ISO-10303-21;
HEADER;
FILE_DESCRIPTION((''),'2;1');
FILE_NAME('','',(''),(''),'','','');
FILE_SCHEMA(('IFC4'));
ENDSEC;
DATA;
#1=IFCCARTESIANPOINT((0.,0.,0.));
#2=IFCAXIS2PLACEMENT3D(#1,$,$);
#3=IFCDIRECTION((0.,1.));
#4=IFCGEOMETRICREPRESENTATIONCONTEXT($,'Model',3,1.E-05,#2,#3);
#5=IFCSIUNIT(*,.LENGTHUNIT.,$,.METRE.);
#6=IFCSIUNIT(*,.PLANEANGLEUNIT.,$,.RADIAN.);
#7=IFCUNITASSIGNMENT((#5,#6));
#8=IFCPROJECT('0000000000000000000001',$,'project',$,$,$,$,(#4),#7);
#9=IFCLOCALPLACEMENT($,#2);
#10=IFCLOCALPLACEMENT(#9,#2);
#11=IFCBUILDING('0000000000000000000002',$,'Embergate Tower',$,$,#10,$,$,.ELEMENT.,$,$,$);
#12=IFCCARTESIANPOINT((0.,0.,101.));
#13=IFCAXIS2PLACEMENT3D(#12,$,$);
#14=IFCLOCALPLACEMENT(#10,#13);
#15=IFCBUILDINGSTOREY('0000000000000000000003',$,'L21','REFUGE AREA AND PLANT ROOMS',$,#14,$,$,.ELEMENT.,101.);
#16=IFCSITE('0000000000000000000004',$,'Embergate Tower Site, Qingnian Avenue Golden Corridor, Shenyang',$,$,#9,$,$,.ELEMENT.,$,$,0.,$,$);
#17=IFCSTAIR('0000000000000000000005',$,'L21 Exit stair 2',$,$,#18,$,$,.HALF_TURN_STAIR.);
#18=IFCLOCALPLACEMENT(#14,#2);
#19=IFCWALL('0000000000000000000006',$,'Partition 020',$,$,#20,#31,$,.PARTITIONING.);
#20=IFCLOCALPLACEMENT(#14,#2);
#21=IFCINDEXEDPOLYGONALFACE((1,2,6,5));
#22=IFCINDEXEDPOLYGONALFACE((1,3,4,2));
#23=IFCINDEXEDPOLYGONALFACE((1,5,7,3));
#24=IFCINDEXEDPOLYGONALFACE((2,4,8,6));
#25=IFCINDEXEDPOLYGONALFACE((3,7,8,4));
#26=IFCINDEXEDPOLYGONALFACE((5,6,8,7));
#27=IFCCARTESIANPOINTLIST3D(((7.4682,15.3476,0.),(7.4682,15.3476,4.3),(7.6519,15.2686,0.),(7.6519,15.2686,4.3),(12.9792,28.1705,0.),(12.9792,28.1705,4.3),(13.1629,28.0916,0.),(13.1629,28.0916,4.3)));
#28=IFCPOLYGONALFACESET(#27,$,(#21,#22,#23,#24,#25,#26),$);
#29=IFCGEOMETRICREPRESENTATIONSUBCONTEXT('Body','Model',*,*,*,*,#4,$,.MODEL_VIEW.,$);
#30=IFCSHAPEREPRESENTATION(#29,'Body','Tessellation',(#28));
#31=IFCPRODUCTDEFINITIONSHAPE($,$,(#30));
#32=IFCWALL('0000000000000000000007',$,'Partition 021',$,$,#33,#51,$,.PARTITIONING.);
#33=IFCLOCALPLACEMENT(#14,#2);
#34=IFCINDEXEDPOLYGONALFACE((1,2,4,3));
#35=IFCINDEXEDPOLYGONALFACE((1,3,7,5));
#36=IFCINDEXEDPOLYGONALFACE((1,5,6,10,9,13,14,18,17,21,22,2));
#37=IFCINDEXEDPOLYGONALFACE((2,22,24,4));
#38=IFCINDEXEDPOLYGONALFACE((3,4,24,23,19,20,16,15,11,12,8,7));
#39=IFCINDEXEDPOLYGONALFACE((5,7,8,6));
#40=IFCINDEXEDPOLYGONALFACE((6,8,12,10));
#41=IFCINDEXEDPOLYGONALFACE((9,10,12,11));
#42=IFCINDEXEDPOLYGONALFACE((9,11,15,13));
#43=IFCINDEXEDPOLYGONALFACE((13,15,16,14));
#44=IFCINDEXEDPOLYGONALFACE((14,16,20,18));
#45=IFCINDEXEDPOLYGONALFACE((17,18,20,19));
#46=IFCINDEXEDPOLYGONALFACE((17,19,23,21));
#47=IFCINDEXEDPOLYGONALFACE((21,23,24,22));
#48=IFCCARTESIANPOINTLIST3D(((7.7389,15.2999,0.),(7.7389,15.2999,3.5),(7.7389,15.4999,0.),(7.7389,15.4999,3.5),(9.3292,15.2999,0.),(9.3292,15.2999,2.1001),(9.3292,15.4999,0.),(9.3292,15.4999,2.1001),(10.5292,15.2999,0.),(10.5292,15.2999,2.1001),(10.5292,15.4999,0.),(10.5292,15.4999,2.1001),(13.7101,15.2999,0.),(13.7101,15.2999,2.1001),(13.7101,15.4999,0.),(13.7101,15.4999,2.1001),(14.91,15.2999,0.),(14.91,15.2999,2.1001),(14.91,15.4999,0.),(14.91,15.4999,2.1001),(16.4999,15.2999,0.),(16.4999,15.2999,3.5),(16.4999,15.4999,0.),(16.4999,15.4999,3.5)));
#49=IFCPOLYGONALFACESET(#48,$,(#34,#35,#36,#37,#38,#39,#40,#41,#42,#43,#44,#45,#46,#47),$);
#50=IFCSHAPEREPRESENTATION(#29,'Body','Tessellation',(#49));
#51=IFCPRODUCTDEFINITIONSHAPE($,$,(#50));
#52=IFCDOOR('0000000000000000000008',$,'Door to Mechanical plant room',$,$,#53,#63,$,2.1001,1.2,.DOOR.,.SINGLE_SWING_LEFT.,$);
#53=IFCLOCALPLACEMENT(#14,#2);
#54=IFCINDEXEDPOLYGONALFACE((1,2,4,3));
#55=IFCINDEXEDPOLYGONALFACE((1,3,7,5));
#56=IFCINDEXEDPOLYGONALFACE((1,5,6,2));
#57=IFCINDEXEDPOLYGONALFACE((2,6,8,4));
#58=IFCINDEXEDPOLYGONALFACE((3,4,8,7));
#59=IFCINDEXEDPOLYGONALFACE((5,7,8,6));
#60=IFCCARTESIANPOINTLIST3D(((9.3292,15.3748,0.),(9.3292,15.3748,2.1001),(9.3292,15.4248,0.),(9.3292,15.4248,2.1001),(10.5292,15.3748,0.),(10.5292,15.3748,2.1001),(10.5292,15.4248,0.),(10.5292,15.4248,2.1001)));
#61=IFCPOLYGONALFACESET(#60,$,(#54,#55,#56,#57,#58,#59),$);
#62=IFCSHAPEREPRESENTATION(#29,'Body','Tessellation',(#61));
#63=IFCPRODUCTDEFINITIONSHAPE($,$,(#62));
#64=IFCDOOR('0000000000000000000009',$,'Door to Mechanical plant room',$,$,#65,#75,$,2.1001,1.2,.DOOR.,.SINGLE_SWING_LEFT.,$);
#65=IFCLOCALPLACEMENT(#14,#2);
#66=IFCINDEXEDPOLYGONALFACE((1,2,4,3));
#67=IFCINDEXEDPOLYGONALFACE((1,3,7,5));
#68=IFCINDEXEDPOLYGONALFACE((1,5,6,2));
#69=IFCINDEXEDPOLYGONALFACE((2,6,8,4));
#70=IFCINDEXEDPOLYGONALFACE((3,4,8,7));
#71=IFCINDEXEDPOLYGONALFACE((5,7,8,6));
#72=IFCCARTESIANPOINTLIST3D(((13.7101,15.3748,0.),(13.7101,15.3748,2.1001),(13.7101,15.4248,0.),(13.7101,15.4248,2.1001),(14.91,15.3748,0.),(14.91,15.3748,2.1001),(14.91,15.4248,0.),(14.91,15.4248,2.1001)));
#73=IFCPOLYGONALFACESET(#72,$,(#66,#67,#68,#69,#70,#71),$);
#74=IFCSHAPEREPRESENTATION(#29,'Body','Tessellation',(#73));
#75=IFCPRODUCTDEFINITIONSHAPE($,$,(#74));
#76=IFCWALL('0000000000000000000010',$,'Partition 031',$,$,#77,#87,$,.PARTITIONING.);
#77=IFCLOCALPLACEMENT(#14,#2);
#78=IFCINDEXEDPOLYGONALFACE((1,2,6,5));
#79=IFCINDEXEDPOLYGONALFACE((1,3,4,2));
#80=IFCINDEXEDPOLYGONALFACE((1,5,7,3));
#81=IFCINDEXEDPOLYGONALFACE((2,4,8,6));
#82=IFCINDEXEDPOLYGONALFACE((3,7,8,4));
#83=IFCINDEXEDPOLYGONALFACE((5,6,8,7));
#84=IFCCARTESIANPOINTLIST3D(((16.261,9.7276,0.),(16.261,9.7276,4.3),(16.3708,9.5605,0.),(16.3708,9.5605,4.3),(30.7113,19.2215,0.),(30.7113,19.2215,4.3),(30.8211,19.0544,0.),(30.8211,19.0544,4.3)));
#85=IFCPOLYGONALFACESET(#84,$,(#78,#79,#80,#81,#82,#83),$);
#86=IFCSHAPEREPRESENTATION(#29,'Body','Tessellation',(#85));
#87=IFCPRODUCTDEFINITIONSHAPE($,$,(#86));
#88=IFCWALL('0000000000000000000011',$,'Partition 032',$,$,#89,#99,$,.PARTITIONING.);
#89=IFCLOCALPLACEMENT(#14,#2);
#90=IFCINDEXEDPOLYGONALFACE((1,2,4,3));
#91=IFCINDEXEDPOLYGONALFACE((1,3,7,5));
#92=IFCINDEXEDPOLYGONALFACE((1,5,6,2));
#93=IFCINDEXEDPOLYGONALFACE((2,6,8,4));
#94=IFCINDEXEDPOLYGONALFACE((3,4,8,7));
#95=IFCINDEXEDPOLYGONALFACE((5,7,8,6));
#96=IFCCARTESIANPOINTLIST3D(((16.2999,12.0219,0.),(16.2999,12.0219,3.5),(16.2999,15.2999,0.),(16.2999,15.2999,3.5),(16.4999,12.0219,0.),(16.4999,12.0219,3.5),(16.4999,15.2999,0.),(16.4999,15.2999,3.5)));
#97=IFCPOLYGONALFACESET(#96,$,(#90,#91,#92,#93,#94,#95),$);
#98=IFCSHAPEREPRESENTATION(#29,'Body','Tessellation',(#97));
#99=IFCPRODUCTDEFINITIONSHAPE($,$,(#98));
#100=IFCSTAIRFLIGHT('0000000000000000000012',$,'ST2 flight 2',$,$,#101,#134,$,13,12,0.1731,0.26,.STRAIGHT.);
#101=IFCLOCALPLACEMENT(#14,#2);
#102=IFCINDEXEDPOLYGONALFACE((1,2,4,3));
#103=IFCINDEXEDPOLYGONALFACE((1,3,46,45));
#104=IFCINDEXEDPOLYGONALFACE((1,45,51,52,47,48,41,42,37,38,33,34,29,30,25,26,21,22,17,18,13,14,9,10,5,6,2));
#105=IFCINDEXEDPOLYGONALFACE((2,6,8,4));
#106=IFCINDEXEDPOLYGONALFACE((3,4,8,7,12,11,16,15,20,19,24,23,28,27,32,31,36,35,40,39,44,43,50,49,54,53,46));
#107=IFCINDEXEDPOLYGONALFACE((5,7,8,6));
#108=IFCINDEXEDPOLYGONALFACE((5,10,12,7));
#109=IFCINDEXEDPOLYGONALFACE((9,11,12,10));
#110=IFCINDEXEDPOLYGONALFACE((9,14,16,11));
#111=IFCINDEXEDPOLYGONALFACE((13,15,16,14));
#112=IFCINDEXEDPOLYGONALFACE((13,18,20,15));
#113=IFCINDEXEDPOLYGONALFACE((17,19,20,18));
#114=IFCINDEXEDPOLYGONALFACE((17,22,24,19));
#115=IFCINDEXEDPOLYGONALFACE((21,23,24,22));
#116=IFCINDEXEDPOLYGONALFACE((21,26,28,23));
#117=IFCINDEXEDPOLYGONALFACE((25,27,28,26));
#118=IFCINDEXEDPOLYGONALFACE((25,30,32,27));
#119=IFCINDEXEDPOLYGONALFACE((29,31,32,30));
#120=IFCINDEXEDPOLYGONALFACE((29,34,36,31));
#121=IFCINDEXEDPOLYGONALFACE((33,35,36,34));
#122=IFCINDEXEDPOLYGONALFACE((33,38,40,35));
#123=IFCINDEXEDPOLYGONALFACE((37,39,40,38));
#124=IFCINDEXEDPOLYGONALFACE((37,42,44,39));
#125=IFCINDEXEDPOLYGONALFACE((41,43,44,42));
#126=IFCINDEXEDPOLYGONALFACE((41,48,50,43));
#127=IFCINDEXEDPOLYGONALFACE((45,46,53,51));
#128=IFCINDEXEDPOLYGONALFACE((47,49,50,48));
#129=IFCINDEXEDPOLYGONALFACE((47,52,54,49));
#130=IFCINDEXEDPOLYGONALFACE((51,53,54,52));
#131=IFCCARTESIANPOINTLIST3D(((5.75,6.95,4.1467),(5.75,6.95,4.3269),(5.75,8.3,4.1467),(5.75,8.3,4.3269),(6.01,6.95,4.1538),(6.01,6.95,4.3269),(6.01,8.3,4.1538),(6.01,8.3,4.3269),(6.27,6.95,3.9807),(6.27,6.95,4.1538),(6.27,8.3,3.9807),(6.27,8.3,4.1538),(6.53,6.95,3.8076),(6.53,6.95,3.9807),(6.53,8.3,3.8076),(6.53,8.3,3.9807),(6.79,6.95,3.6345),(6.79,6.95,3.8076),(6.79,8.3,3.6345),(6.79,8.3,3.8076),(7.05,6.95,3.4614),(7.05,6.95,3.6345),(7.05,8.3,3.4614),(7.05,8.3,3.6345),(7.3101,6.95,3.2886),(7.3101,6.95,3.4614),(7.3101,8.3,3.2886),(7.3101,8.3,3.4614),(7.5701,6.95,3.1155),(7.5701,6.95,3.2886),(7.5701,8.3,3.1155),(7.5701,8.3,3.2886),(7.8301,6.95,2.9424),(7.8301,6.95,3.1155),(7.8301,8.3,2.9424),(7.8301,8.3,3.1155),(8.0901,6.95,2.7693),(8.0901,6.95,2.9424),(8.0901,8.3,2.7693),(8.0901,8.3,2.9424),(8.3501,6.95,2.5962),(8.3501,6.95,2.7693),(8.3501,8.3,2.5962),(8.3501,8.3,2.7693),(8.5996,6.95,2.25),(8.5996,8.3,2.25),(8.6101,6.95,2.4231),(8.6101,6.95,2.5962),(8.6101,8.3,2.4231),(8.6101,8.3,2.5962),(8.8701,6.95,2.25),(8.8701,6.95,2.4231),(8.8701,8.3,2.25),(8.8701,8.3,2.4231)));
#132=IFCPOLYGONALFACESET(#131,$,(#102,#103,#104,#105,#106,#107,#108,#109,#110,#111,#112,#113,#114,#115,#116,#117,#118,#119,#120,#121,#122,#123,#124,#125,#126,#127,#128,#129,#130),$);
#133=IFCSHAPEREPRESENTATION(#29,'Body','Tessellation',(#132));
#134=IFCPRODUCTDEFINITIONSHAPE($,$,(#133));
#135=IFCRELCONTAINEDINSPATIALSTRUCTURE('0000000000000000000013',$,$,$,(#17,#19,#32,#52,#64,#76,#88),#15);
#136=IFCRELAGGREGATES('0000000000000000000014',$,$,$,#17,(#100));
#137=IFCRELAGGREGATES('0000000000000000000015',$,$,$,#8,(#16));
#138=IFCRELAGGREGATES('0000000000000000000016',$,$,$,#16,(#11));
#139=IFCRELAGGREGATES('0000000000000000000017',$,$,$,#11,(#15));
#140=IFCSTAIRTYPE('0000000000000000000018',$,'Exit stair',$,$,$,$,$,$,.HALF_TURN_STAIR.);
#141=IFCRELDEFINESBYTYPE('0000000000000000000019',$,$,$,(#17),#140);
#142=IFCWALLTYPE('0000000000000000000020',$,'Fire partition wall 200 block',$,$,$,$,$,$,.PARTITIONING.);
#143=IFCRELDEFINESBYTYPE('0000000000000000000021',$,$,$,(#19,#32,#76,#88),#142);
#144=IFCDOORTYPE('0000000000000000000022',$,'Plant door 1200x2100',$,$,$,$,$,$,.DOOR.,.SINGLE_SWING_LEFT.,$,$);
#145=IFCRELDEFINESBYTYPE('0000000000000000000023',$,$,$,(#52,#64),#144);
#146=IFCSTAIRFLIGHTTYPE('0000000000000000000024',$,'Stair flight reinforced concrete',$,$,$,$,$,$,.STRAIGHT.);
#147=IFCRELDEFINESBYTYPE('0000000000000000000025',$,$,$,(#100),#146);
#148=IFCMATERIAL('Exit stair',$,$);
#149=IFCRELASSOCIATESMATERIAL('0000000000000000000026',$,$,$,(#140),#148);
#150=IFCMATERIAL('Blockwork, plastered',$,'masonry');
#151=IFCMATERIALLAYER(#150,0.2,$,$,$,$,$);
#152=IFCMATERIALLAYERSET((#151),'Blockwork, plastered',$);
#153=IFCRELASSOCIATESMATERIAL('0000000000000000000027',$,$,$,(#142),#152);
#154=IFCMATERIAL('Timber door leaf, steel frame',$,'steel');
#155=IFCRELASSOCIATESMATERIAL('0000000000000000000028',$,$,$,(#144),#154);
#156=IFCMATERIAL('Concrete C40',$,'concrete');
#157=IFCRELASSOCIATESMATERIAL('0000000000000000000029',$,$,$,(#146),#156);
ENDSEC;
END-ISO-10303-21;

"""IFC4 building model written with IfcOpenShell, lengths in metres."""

from ifc_helpers import new_model, si_unit, direction, frame, frame_2d, origin, place, context, subcontext, project, spatial, polyline, rectangle, outline, extrude, source, transform, mapped, material, layer, layer_set, type_object, element, fill, aggregate, save


model = new_model("IFC4")

# Units and contexts
model_context = context("Model", 3, precision=1e-05, world=origin(), true_north=direction((0.0, 1.0)))
body_context = subcontext(model_context, "Body", "Model", "MODEL_VIEW")
ifc_project = project(units=[si_unit("LENGTHUNIT", "METRE"), si_unit("PLANEANGLEUNIT", "RADIAN")], contexts=[model_context])

# Site, building, storey
site_placement = place(None, origin())
site = spatial("IfcSite", under=ifc_project, at=site_placement, Name="Embergate Tower Site, Qingnian Avenue Golden Corridor, Shenyang", CompositionType="ELEMENT", RefElevation=0.0)
building_placement = place(site_placement, origin())
building = spatial("IfcBuilding", under=site, at=building_placement, Name="Embergate Tower", CompositionType="ELEMENT")
storey_placement = place(building_placement, frame((0.0, 0.0, 101.0)))
storey = spatial("IfcBuildingStorey", under=building, at=storey_placement, Name="L21", Description="REFUGE AREA AND PLANT ROOMS", CompositionType="ELEMENT", Elevation=101.0)

# Stair
ifc_material_1 = material(Name="Exit stair")
stair_type = type_object("IfcStairType", Name="Exit stair", PredefinedType="HALF_TURN_STAIR", material=ifc_material_1)
stair_placement = place(storey_placement, origin())
stair = element("IfcStair", 1, at=stair_placement, inside=storey, type_object=stair_type, Name="L21 Exit stair 2", PredefinedType="HALF_TURN_STAIR")
ifc_material_2 = material(Name="Concrete C40", Category="concrete")

# Wall
ifc_material_3 = material(Name="Blockwork, plastered", Category="masonry")
ifc_layer_1 = layer(ifc_material_3, 0.2)
ifc_layer_set_1 = layer_set([ifc_layer_1], Name="Blockwork, plastered")
wall_type_1 = type_object("IfcWallType", Name="Fire partition wall 200 block", PredefinedType="PARTITIONING", material=ifc_layer_set_1)
shared_shape_1 = source(origin(), body_context, "Body", "SweptSolid", [
    extrude(rectangle(XDim=13.957, YDim=0.2, at=frame_2d((6.9785, 0.0))), origin(), (0.0, 0.0, 1.0), 4.3),
])
wall_1_placement = place(storey_placement, frame((7.5601, 15.3081, 0.0), z_axis=(0.0, 0.0, 1.0), x_axis=(0.394852, 0.918745, 0.0)))
element("IfcWall", 2, at=wall_1_placement, inside=storey, type_object=wall_type_1, Name="Partition 020", PredefinedType="PARTITIONING", context=body_context, shape_type="MappedRepresentation", body=[
    mapped(shared_shape_1, transform((0.0, 0.0, 0.0))),
])

# Wall, openings, doors
shared_shape_2 = source(origin(), body_context, "Body", "SweptSolid", [
    extrude(rectangle(XDim=8.761, YDim=0.2, at=frame_2d((4.3804, 0.0))), origin(), (0.0, 0.0, 1.0), 3.5),
])
wall_2_placement = place(storey_placement, frame((7.739, 15.3999, 0.0), z_axis=(0.0, 0.0, 1.0), x_axis=(1.0, 0.0, 0.0)))
wall_2 = element("IfcWall", 3, at=wall_2_placement, inside=storey, type_object=wall_type_1, Name="Partition 021", PredefinedType="PARTITIONING", context=body_context, shape_type="MappedRepresentation", body=[
    mapped(shared_shape_2, transform((0.0, 0.0, 0.0))),
])
shared_shape_3 = source(origin(), body_context, "Body", "SweptSolid", [
    extrude(rectangle(XDim=1.2, YDim=2.1001, at=frame_2d((0.6001, 1.05))), frame((0.0, 0.1099, 0.0), z_axis=(0.0, -1.0, 0.0), x_axis=(1.0, 0.0, 0.0)), (0.0, 0.0, 1.0), 0.22),
])
opening_1_placement = place(wall_2_placement, frame((1.5901, 0.0, 0.0)))
opening_1 = element("IfcOpeningElement", 4, at=opening_1_placement, cuts=wall_2, PredefinedType="OPENING", context=body_context, shape_type="MappedRepresentation", body=[
    mapped(shared_shape_3, transform((0.0, 0.0, 0.0))),
])
opening_2_placement = place(wall_2_placement, frame((5.9709, 0.0, 0.0)))
opening_2 = element("IfcOpeningElement", 5, at=opening_2_placement, cuts=wall_2, PredefinedType="OPENING", context=body_context, shape_type="MappedRepresentation", body=[
    mapped(shared_shape_3, transform((0.0, 0.0, 0.0))),
])
ifc_material_4 = material(Name="Timber door leaf, steel frame", Category="steel")
door_type_1 = type_object("IfcDoorType", Name="Plant door 1200x2100", OperationType="SINGLE_SWING_LEFT", PredefinedType="DOOR", material=ifc_material_4)
shared_shape_4 = source(origin(), body_context, "Body", "SweptSolid", [
    extrude(rectangle(XDim=1.2, YDim=2.1001, at=frame_2d((0.6001, 1.05))), frame((0.0, 0.0249, 0.0), z_axis=(0.0, -1.0, 0.0), x_axis=(1.0, 0.0, 0.0)), (0.0, 0.0, 1.0), 0.05),
])
door_1_placement = place(opening_1_placement, origin())
door_1 = element("IfcDoor", 6, at=door_1_placement, inside=storey, type_object=door_type_1, Name="Door to Mechanical plant room", OperationType="SINGLE_SWING_LEFT", OverallHeight=2.1001, OverallWidth=1.2, PredefinedType="DOOR", context=body_context, shape_type="MappedRepresentation", body=[
    mapped(shared_shape_4, transform((0.0, 0.0, 0.0))),
])
fill(opening_1, door_1)
door_2_placement = place(opening_2_placement, origin())
door_2 = element("IfcDoor", 7, at=door_2_placement, inside=storey, type_object=door_type_1, Name="Door to Mechanical plant room", OperationType="SINGLE_SWING_LEFT", OverallHeight=2.1001, OverallWidth=1.2, PredefinedType="DOOR", context=body_context, shape_type="MappedRepresentation", body=[
    mapped(shared_shape_4, transform((0.0, 0.0, 0.0))),
])
fill(opening_2, door_2)

# Walls
shared_shape_5 = source(origin(), body_context, "Body", "SweptSolid", [
    extrude(rectangle(XDim=17.29, YDim=0.2, at=frame_2d((8.645, 0.0))), origin(), (0.0, 0.0, 1.0), 4.3),
])
wall_3_placement = place(storey_placement, frame((16.3159, 9.644, 0.0), z_axis=(0.0, 0.0, 1.0), x_axis=(0.835757, 0.549099, 0.0)))
element("IfcWall", 8, at=wall_3_placement, inside=storey, type_object=wall_type_1, Name="Partition 031", PredefinedType="PARTITIONING", context=body_context, shape_type="MappedRepresentation", body=[
    mapped(shared_shape_5, transform((0.0, 0.0, 0.0))),
])
shared_shape_6 = source(origin(), body_context, "Body", "SweptSolid", [
    extrude(rectangle(XDim=3.2781, YDim=0.2, at=frame_2d((1.6392, 0.0))), origin(), (0.0, 0.0, 1.0), 3.5),
])
wall_4_placement = place(storey_placement, frame((16.3999, 15.3, 0.0), z_axis=(0.0, 0.0, 1.0), x_axis=(0.0, -1.0, 0.0)))
element("IfcWall", 9, at=wall_4_placement, inside=storey, type_object=wall_type_1, Name="Partition 032", PredefinedType="PARTITIONING", context=body_context, shape_type="MappedRepresentation", body=[
    mapped(shared_shape_6, transform((0.0, 0.0, 0.0))),
])

# Stair flight
stair_flight_type = type_object("IfcStairFlightType", Name="Stair flight reinforced concrete", PredefinedType="STRAIGHT", material=ifc_material_2)
shared_shape_7 = source(origin(), body_context, "Body", "SweptSolid", [
    extrude(outline(polyline([(0.0, 0.0), (0.0, 0.1731), (0.26, 0.1731), (0.26, 0.3462), (0.52, 0.3462), (0.52, 0.5193), (0.78, 0.5193), (0.78, 0.6924), (1.04, 0.6924), (1.04, 0.8655), (1.3, 0.8655), (1.3, 1.0386), (1.5601, 1.0386), (1.5601, 1.2114), (1.8201, 1.2114), (1.8201, 1.3845), (2.0801, 1.3845), (2.0801, 1.5576), (2.3401, 1.5576), (2.3401, 1.7307), (2.6001, 1.7307), (2.6001, 1.9038), (2.8601, 1.9038), (2.8601, 2.0769), (3.1201, 2.0769), (3.1201, 2.25), (3.1201, 1.8967), (0.2705, 0.0), (0.0, 0.0)])), frame((0.0, 0.675, 0.0), z_axis=(0.0, -1.0, 0.0), x_axis=(1.0, 0.0, 0.0)), (0.0, 0.0, 1.0), 1.3501),
])
stair_flight_placement = place(storey_placement, frame((8.8701, 7.625, 2.25), z_axis=(0.0, 0.0, 1.0), x_axis=(-1.0, 0.0, 0.0)))
stair_flight = element("IfcStairFlight", 10, at=stair_flight_placement, type_object=stair_flight_type, Name="ST2 flight 2", NumberOfRisers=13, NumberOfTreads=12, PredefinedType="STRAIGHT", RiserHeight=0.1731, TreadLength=0.26, context=body_context, shape_type="MappedRepresentation", body=[
    mapped(shared_shape_7, transform((0.0, 0.0, 0.0))),
])
aggregate(stair, [stair_flight])

save(model, "model.ifc")
